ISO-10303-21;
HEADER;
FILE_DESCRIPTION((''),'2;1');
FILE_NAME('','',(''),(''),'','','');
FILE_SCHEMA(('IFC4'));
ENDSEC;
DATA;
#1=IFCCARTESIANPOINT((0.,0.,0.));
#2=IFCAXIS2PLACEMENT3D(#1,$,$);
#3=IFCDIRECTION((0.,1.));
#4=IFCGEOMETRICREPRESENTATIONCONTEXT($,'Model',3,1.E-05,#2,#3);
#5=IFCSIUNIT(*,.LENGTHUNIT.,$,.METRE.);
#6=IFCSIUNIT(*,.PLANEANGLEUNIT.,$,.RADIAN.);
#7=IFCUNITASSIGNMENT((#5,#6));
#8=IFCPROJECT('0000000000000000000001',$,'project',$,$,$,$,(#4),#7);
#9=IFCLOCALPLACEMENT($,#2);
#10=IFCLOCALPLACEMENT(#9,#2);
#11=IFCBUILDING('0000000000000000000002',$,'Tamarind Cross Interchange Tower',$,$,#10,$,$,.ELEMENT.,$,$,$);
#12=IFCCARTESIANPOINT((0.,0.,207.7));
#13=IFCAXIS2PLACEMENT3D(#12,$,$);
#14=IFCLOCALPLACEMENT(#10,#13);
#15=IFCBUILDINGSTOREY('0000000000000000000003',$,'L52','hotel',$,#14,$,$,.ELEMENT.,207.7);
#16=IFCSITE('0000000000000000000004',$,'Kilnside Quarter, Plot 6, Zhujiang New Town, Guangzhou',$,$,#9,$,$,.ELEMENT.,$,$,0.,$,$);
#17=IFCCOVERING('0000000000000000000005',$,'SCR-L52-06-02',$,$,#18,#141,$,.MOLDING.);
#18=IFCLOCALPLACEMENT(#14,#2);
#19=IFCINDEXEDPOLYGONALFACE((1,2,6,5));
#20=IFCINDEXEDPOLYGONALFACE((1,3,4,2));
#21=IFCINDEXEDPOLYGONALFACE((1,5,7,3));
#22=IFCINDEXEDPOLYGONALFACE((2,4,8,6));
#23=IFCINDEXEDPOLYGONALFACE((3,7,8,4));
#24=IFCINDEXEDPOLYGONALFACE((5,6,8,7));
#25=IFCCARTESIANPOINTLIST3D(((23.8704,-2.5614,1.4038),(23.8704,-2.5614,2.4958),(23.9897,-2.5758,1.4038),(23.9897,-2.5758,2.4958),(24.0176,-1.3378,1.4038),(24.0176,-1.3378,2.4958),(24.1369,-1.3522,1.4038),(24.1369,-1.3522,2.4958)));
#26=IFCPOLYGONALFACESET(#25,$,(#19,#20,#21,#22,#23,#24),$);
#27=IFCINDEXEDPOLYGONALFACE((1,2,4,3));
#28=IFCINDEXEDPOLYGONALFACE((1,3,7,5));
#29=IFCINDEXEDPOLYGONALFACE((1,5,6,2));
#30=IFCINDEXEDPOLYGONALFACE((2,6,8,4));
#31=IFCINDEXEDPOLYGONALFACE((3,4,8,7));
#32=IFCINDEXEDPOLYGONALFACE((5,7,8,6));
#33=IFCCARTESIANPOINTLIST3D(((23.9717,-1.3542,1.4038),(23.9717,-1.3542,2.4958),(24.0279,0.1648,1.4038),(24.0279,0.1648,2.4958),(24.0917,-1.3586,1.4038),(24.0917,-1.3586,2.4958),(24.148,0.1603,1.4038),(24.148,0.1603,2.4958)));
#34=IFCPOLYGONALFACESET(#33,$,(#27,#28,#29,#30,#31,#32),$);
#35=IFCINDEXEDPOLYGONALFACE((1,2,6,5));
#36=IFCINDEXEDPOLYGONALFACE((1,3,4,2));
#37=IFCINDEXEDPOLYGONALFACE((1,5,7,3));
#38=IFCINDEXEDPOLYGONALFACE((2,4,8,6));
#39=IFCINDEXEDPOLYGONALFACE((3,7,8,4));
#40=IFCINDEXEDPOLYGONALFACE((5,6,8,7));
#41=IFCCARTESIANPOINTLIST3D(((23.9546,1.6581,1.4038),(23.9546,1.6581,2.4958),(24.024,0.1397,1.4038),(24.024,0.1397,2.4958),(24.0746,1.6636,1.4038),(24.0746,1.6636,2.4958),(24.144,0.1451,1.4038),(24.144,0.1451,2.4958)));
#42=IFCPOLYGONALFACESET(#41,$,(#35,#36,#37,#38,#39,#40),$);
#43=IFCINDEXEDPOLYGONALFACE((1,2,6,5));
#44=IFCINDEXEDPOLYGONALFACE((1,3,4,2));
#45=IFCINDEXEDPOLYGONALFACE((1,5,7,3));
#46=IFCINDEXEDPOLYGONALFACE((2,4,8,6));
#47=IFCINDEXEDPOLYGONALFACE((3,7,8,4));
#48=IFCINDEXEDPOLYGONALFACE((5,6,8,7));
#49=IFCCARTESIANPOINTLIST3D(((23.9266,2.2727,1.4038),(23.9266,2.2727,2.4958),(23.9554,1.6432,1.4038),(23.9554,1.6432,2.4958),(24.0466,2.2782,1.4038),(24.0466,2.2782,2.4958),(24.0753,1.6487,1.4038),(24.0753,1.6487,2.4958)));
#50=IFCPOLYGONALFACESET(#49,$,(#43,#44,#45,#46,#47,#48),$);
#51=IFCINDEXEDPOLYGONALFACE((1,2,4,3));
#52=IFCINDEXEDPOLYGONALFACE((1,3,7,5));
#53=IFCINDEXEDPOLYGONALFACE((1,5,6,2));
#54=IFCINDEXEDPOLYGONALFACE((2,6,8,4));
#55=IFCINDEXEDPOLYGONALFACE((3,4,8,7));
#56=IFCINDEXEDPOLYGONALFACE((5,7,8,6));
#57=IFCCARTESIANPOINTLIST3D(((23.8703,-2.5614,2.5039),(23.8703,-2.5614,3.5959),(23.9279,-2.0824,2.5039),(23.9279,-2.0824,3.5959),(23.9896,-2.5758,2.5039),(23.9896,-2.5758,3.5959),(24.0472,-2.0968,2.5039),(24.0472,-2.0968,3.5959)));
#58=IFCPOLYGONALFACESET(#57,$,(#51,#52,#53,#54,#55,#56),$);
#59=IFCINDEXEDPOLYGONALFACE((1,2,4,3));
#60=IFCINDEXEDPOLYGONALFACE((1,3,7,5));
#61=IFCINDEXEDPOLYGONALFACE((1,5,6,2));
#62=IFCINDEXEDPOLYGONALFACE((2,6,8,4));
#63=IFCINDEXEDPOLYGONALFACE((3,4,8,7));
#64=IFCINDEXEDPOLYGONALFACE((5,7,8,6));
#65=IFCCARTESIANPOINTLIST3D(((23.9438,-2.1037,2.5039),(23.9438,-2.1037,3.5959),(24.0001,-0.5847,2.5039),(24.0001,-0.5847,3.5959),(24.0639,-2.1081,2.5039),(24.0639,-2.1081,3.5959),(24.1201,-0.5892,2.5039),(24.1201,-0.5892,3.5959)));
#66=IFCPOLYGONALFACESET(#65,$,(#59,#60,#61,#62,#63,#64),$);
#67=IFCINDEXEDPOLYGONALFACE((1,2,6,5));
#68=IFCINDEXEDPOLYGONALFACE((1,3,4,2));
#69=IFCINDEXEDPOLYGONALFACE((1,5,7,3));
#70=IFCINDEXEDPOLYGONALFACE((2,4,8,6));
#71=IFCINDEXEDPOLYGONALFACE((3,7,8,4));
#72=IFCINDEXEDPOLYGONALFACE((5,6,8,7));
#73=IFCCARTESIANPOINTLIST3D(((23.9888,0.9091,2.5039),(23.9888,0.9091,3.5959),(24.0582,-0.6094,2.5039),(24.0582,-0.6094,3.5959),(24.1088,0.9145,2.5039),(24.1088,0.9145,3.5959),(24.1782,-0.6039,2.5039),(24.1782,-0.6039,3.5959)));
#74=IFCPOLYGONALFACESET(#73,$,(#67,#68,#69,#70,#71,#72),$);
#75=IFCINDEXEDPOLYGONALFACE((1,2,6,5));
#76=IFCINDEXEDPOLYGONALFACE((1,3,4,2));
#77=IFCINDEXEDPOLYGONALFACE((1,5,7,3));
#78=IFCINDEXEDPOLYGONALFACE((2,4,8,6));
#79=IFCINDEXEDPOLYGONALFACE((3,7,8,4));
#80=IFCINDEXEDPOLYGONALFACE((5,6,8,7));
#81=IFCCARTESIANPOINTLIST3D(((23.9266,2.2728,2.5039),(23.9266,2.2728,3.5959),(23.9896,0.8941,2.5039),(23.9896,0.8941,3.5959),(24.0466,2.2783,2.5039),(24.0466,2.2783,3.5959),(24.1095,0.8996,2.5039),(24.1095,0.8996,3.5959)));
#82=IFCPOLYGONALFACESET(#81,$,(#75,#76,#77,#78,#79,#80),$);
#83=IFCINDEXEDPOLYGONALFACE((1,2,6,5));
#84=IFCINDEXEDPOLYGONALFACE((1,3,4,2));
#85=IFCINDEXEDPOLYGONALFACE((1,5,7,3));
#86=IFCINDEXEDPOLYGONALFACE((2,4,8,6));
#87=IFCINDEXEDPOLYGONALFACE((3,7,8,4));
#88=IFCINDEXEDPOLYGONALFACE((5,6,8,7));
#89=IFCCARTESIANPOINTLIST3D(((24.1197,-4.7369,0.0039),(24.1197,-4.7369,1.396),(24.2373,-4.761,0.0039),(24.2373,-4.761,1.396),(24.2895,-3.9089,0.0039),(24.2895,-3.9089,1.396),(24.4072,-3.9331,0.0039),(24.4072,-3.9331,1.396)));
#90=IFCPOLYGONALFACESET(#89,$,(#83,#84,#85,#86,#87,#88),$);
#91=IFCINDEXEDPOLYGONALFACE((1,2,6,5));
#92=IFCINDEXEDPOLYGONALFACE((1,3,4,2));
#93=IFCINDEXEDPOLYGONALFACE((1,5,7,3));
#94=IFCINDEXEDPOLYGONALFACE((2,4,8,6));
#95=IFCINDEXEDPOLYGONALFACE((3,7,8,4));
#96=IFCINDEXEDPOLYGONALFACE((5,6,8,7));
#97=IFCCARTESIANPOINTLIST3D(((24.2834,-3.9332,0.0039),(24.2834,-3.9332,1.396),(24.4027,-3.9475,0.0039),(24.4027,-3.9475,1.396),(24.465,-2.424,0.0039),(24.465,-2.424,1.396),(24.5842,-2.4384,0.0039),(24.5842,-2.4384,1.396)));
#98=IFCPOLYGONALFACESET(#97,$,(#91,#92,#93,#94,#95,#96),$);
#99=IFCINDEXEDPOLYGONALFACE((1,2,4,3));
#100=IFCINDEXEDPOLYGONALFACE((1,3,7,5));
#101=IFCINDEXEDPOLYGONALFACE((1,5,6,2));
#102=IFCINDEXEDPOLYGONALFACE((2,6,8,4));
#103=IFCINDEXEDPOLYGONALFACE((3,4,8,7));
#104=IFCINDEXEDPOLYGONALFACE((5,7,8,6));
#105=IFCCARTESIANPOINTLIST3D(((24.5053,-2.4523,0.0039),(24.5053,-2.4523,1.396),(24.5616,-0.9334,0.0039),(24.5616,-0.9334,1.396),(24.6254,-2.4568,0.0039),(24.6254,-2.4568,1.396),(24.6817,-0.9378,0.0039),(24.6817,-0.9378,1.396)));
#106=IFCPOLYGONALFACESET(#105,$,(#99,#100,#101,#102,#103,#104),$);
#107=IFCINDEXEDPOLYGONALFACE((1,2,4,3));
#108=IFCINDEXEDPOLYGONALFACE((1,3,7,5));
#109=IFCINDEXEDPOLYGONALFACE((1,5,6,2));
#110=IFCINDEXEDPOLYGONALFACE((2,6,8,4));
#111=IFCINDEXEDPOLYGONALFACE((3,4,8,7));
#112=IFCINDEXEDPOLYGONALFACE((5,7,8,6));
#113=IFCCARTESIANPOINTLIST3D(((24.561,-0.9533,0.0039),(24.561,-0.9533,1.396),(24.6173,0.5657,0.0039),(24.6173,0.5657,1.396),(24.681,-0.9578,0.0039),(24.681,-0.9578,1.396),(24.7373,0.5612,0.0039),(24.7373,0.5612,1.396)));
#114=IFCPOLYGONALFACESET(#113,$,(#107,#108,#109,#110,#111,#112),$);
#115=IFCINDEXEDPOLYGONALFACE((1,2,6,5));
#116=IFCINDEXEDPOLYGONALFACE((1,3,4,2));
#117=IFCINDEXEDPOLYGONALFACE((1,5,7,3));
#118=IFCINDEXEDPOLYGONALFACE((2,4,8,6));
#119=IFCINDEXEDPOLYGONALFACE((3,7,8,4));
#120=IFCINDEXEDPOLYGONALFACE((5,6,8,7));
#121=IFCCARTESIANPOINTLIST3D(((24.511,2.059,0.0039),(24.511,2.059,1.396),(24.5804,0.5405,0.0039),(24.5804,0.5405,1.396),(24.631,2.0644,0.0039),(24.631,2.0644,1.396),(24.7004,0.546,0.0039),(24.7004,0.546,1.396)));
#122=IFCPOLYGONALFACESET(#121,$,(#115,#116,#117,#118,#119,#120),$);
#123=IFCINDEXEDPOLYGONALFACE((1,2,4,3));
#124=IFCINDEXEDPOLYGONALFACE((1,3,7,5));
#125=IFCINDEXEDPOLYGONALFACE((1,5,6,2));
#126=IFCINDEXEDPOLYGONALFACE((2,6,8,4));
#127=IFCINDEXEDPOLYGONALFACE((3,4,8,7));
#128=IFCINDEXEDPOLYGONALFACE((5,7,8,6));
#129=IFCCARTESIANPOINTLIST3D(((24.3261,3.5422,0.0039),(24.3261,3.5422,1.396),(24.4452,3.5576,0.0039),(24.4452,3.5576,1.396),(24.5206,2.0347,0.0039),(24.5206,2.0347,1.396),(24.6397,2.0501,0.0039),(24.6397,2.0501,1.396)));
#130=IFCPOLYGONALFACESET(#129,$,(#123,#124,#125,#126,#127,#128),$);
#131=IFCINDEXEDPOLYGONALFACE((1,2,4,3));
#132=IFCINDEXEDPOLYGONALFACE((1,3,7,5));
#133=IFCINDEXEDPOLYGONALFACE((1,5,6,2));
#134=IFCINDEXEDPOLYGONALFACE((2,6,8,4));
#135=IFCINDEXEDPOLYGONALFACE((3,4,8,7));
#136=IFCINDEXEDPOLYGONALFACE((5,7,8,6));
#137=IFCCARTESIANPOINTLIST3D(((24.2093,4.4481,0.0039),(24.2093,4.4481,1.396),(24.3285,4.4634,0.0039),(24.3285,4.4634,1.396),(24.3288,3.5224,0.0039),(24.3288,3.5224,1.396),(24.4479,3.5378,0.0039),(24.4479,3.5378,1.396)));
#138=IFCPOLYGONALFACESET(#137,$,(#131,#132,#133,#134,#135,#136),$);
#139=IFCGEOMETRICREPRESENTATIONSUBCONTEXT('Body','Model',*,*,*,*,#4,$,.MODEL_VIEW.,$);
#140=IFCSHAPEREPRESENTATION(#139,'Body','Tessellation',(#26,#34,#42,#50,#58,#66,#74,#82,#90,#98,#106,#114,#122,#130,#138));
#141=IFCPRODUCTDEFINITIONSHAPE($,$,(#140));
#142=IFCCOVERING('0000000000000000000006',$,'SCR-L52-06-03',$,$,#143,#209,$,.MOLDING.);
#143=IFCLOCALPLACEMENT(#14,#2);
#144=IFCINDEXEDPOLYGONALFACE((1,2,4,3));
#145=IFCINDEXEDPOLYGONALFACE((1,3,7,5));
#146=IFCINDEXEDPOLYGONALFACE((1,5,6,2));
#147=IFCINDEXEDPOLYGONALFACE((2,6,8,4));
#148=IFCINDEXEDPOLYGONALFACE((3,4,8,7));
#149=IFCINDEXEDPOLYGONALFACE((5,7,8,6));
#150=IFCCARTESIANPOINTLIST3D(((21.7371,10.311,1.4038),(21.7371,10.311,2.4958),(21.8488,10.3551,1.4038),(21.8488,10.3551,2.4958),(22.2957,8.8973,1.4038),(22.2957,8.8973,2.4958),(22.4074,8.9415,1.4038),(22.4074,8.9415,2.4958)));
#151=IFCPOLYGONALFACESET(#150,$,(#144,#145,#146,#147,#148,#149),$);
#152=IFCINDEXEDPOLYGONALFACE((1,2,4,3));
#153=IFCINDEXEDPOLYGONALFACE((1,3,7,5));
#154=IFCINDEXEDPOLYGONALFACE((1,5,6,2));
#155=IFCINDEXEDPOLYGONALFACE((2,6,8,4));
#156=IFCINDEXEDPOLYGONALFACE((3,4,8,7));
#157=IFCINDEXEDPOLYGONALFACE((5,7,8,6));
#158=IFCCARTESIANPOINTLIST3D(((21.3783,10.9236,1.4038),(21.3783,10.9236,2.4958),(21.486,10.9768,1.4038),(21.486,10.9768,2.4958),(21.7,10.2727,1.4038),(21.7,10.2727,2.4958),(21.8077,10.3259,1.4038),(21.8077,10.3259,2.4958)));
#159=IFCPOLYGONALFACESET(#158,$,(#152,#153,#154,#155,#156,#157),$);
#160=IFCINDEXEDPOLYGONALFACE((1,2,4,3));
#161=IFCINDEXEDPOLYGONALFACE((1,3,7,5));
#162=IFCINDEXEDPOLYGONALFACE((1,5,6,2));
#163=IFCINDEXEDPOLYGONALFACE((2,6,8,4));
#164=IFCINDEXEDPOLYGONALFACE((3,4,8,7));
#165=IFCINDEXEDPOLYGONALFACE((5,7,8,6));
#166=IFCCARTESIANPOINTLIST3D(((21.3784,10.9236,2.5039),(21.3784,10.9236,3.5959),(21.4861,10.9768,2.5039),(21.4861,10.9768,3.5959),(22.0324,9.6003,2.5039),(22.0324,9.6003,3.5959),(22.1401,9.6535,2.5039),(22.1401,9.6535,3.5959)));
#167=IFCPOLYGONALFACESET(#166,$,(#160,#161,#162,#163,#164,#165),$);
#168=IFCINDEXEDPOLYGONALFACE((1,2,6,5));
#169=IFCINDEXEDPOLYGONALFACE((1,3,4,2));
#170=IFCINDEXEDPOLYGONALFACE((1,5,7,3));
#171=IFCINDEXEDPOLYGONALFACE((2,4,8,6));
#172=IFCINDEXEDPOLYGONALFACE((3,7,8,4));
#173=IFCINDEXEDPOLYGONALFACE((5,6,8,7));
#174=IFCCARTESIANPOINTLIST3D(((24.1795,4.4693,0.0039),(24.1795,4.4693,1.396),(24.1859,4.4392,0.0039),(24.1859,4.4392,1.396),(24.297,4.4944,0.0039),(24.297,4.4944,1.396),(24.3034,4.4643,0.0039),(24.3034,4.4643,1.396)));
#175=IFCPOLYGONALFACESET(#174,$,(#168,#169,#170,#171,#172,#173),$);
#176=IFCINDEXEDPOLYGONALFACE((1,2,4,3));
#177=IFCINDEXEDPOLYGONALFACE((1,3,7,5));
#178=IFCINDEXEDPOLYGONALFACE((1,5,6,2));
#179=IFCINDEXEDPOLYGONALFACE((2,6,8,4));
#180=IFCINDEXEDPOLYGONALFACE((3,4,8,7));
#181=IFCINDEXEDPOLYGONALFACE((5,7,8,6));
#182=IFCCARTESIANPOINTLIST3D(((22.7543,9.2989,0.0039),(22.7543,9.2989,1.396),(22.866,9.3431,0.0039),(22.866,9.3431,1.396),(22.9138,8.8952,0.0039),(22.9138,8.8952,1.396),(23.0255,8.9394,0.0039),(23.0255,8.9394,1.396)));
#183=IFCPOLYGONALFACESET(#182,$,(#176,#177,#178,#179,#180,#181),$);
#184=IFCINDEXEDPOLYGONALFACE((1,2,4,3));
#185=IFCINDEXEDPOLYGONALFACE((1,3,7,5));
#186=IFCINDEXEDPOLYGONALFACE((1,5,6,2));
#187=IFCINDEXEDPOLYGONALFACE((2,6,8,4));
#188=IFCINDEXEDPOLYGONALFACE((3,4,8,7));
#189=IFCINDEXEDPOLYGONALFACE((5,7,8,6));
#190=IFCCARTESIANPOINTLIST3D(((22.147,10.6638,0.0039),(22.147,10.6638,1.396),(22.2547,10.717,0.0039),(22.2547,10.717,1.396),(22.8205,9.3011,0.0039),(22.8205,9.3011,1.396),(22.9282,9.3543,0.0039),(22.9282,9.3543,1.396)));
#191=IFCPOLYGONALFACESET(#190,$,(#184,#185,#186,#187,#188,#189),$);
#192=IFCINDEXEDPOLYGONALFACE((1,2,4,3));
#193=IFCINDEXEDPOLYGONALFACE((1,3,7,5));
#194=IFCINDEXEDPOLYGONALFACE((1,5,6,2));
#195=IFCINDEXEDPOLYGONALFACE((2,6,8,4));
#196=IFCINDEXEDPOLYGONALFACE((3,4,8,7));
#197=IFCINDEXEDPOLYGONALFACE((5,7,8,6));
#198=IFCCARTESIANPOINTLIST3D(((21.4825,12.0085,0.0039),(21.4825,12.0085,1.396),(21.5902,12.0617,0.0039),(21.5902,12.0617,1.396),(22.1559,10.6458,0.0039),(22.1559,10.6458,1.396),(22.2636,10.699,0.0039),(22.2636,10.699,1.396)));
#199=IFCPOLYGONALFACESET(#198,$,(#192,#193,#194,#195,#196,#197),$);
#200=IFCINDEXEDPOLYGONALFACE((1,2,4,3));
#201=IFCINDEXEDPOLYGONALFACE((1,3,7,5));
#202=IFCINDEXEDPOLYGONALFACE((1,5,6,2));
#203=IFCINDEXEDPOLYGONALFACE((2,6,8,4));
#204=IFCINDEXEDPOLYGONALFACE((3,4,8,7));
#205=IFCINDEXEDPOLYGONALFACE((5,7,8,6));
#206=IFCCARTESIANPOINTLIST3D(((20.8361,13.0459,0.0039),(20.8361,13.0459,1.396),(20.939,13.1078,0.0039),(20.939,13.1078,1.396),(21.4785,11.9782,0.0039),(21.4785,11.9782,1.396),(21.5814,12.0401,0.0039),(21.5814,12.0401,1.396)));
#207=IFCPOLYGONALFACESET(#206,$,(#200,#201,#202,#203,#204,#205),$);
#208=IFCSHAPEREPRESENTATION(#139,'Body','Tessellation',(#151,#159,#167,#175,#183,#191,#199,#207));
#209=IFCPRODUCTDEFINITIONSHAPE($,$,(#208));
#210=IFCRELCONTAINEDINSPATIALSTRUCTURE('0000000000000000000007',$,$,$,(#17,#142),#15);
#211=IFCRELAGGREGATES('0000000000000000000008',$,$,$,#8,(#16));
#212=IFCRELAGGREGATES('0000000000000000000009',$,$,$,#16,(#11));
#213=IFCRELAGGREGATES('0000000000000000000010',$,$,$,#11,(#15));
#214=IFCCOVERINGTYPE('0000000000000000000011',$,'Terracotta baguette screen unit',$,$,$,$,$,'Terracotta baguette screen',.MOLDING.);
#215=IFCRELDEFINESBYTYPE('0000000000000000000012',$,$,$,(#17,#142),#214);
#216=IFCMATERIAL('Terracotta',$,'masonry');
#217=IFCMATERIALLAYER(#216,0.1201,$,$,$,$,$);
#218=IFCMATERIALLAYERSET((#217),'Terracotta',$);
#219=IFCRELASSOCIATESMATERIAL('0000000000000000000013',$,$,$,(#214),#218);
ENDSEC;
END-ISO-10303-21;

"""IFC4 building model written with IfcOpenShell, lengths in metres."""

from ifc_helpers import new_model, si_unit, direction, frame, origin, origin_2d, place, context, subcontext, project, spatial, rectangle, extrude, material, layer, layer_set, type_object, element, save


model = new_model("IFC4")

# Units and contexts
model_context = context("Model", 3, precision=1e-05, world=origin(), true_north=direction((0.0, 1.0)))
body_context = subcontext(model_context, "Body", "Model", "MODEL_VIEW")
ifc_project = project(units=[si_unit("LENGTHUNIT", "METRE"), si_unit("PLANEANGLEUNIT", "RADIAN")], contexts=[model_context])

# Site, building, storey
site_placement = place(None, origin())
site = spatial("IfcSite", under=ifc_project, at=site_placement, Name="Kilnside Quarter, Plot 6, Zhujiang New Town, Guangzhou", CompositionType="ELEMENT", RefElevation=0.0)
building_placement = place(site_placement, origin())
building = spatial("IfcBuilding", under=site, at=building_placement, Name="Tamarind Cross Interchange Tower", CompositionType="ELEMENT")
storey_placement = place(building_placement, frame((0.0, 0.0, 207.7)))
storey = spatial("IfcBuildingStorey", under=building, at=storey_placement, Name="L52", Description="hotel", CompositionType="ELEMENT", Elevation=207.7)

# Coverings
ifc_material_1 = material(Name="Terracotta", Category="masonry")
ifc_layer_1 = layer(ifc_material_1, 0.1201)
ifc_layer_set_1 = layer_set([ifc_layer_1], Name="Terracotta")
covering_type = type_object("IfcCoveringType", Name="Terracotta baguette screen unit", ElementType="Terracotta baguette screen", PredefinedType="MOLDING", material=ifc_layer_set_1)
covering_1_placement = place(storey_placement, origin())
element("IfcCovering", 1, at=covering_1_placement, inside=storey, type_object=covering_type, Name="SCR-L52-06-02", PredefinedType="MOLDING", context=body_context, shape_type="SweptSolid", body=[
    extrude(rectangle(XDim=1.2324, YDim=0.1201, at=origin_2d()), frame((24.0037, -1.9568, 1.4038), z_axis=(0.0, 0.0, 1.0), x_axis=(0.119421, 0.992844, 0.0)), (0.0, 0.0, 1.0), 1.092),
    extrude(rectangle(XDim=1.52, YDim=0.1201, at=origin_2d()), frame((24.0598, -0.5969, 1.4038), z_axis=(0.0, 0.0, 1.0), x_axis=(0.037025, 0.999314, 0.0)), (0.0, 0.0, 1.0), 1.092),
    extrude(rectangle(XDim=1.52, YDim=0.1201, at=origin_2d()), frame((24.0493, 0.9016, 1.4038), z_axis=(0.0, 0.0, 1.0), x_axis=(-0.045624, 0.998959, 0.0)), (0.0, 0.0, 1.0), 1.092),
    extrude(rectangle(XDim=0.6301, YDim=0.1201, at=origin_2d()), frame((24.001, 1.9607, 1.4038), z_axis=(0.0, 0.0, 1.0), x_axis=(-0.045624, 0.998959, 0.0)), (0.0, 0.0, 1.0), 1.092),
    extrude(rectangle(XDim=0.4824, YDim=0.1201, at=origin_2d()), frame((23.9587, -2.3291, 2.5039), z_axis=(0.0, 0.0, 1.0), x_axis=(0.119421, 0.992844, 0.0)), (0.0, 0.0, 1.0), 1.092),
    extrude(rectangle(XDim=1.52, YDim=0.1201, at=origin_2d()), frame((24.032, -1.3464, 2.5039), z_axis=(0.0, 0.0, 1.0), x_axis=(0.037025, 0.999314, 0.0)), (0.0, 0.0, 1.0), 1.092),
    extrude(rectangle(XDim=1.52, YDim=0.1201, at=origin_2d()), frame((24.0835, 0.1526, 2.5039), z_axis=(0.0, 0.0, 1.0), x_axis=(-0.045624, 0.998959, 0.0)), (0.0, 0.0, 1.0), 1.092),
    extrude(rectangle(XDim=1.3801, YDim=0.1201, at=origin_2d()), frame((24.0181, 1.5862, 2.5039), z_axis=(0.0, 0.0, 1.0), x_axis=(-0.045624, 0.998959, 0.0)), (0.0, 0.0, 1.0), 1.092),
    extrude(rectangle(XDim=0.8452, YDim=0.1201, at=origin_2d()), frame((24.2634, -4.335, 0.0039), z_axis=(0.0, 0.0, 1.0), x_axis=(0.201001, 0.979591, 0.0)), (0.0, 0.0, 1.0), 1.3921),
    extrude(rectangle(XDim=1.52, YDim=0.1201, at=origin_2d()), frame((24.4338, -3.1858, 0.0039), z_axis=(0.0, 0.0, 1.0), x_axis=(0.119421, 0.992844, 0.0)), (0.0, 0.0, 1.0), 1.3921),
    extrude(rectangle(XDim=1.52, YDim=0.1201, at=origin_2d()), frame((24.5935, -1.6951, 0.0039), z_axis=(0.0, 0.0, 1.0), x_axis=(0.037025, 0.999314, 0.0)), (0.0, 0.0, 1.0), 1.3921),
    extrude(rectangle(XDim=1.52, YDim=0.1201, at=origin_2d()), frame((24.6492, -0.196, 0.0039), z_axis=(0.0, 0.0, 1.0), x_axis=(0.037025, 0.999314, 0.0)), (0.0, 0.0, 1.0), 1.3921),
    extrude(rectangle(XDim=1.52, YDim=0.1201, at=origin_2d()), frame((24.6057, 1.3025, 0.0039), z_axis=(0.0, 0.0, 1.0), x_axis=(-0.045624, 0.998959, 0.0)), (0.0, 0.0, 1.0), 1.3921),
    extrude(rectangle(XDim=1.52, YDim=0.1201, at=origin_2d()), frame((24.4829, 2.7961, 0.0039), z_axis=(0.0, 0.0, 1.0), x_axis=(-0.127962, 0.991779, 0.0)), (0.0, 0.0, 1.0), 1.3921),
    extrude(rectangle(XDim=0.9333, YDim=0.1201, at=origin_2d()), frame((24.3286, 3.9929, 0.0039), z_axis=(0.0, 0.0, 1.0), x_axis=(-0.127962, 0.991779, 0.0)), (0.0, 0.0, 1.0), 1.3921),
])
covering_2_placement = place(storey_placement, origin())
element("IfcCovering", 2, at=covering_2_placement, inside=storey, type_object=covering_type, Name="SCR-L52-06-03", PredefinedType="MOLDING", context=body_context, shape_type="SweptSolid", body=[
    extrude(rectangle(XDim=1.52, YDim=0.1201, at=origin_2d()), frame((22.0723, 9.6262, 1.4038), z_axis=(0.0, 0.0, 1.0), x_axis=(-0.367514, 0.930018, 0.0)), (0.0, 0.0, 1.0), 1.092),
    extrude(rectangle(XDim=0.7261, YDim=0.1201, at=origin_2d()), frame((21.593, 10.6248, 1.4038), z_axis=(0.0, 0.0, 1.0), x_axis=(-0.443059, 0.896493, 0.0)), (0.0, 0.0, 1.0), 1.092),
    extrude(rectangle(XDim=1.4761, YDim=0.1201, at=origin_2d()), frame((21.7593, 10.2886, 2.5039), z_axis=(0.0, 0.0, 1.0), x_axis=(-0.443059, 0.896493, 0.0)), (0.0, 0.0, 1.0), 1.092),
    extrude(rectangle(XDim=0.0308, YDim=0.1201, at=origin_2d()), frame((24.2415, 4.4668, 0.0039), z_axis=(0.0, 0.0, 1.0), x_axis=(-0.209425, 0.977825, 0.0)), (0.0, 0.0, 1.0), 1.3921),
    extrude(rectangle(XDim=0.4341, YDim=0.1201, at=origin_2d()), frame((22.8899, 9.1191, 0.0039), z_axis=(0.0, 0.0, 1.0), x_axis=(-0.367514, 0.930018, 0.0)), (0.0, 0.0, 1.0), 1.3921),
    extrude(rectangle(XDim=1.52, YDim=0.1201, at=origin_2d()), frame((22.5376, 10.009, 0.0039), z_axis=(0.0, 0.0, 1.0), x_axis=(-0.443059, 0.896493, 0.0)), (0.0, 0.0, 1.0), 1.3921),
    extrude(rectangle(XDim=1.52, YDim=0.1201, at=origin_2d()), frame((21.873, 11.3538, 0.0039), z_axis=(0.0, 0.0, 1.0), x_axis=(-0.443059, 0.896493, 0.0)), (0.0, 0.0, 1.0), 1.3921),
    extrude(rectangle(XDim=1.2461, YDim=0.1201, at=origin_2d()), frame((21.2087, 12.543, 0.0039), z_axis=(0.0, 0.0, 1.0), x_axis=(-0.515577, 0.856843, 0.0)), (0.0, 0.0, 1.0), 1.3921),
])

save(model, "model.ifc")
